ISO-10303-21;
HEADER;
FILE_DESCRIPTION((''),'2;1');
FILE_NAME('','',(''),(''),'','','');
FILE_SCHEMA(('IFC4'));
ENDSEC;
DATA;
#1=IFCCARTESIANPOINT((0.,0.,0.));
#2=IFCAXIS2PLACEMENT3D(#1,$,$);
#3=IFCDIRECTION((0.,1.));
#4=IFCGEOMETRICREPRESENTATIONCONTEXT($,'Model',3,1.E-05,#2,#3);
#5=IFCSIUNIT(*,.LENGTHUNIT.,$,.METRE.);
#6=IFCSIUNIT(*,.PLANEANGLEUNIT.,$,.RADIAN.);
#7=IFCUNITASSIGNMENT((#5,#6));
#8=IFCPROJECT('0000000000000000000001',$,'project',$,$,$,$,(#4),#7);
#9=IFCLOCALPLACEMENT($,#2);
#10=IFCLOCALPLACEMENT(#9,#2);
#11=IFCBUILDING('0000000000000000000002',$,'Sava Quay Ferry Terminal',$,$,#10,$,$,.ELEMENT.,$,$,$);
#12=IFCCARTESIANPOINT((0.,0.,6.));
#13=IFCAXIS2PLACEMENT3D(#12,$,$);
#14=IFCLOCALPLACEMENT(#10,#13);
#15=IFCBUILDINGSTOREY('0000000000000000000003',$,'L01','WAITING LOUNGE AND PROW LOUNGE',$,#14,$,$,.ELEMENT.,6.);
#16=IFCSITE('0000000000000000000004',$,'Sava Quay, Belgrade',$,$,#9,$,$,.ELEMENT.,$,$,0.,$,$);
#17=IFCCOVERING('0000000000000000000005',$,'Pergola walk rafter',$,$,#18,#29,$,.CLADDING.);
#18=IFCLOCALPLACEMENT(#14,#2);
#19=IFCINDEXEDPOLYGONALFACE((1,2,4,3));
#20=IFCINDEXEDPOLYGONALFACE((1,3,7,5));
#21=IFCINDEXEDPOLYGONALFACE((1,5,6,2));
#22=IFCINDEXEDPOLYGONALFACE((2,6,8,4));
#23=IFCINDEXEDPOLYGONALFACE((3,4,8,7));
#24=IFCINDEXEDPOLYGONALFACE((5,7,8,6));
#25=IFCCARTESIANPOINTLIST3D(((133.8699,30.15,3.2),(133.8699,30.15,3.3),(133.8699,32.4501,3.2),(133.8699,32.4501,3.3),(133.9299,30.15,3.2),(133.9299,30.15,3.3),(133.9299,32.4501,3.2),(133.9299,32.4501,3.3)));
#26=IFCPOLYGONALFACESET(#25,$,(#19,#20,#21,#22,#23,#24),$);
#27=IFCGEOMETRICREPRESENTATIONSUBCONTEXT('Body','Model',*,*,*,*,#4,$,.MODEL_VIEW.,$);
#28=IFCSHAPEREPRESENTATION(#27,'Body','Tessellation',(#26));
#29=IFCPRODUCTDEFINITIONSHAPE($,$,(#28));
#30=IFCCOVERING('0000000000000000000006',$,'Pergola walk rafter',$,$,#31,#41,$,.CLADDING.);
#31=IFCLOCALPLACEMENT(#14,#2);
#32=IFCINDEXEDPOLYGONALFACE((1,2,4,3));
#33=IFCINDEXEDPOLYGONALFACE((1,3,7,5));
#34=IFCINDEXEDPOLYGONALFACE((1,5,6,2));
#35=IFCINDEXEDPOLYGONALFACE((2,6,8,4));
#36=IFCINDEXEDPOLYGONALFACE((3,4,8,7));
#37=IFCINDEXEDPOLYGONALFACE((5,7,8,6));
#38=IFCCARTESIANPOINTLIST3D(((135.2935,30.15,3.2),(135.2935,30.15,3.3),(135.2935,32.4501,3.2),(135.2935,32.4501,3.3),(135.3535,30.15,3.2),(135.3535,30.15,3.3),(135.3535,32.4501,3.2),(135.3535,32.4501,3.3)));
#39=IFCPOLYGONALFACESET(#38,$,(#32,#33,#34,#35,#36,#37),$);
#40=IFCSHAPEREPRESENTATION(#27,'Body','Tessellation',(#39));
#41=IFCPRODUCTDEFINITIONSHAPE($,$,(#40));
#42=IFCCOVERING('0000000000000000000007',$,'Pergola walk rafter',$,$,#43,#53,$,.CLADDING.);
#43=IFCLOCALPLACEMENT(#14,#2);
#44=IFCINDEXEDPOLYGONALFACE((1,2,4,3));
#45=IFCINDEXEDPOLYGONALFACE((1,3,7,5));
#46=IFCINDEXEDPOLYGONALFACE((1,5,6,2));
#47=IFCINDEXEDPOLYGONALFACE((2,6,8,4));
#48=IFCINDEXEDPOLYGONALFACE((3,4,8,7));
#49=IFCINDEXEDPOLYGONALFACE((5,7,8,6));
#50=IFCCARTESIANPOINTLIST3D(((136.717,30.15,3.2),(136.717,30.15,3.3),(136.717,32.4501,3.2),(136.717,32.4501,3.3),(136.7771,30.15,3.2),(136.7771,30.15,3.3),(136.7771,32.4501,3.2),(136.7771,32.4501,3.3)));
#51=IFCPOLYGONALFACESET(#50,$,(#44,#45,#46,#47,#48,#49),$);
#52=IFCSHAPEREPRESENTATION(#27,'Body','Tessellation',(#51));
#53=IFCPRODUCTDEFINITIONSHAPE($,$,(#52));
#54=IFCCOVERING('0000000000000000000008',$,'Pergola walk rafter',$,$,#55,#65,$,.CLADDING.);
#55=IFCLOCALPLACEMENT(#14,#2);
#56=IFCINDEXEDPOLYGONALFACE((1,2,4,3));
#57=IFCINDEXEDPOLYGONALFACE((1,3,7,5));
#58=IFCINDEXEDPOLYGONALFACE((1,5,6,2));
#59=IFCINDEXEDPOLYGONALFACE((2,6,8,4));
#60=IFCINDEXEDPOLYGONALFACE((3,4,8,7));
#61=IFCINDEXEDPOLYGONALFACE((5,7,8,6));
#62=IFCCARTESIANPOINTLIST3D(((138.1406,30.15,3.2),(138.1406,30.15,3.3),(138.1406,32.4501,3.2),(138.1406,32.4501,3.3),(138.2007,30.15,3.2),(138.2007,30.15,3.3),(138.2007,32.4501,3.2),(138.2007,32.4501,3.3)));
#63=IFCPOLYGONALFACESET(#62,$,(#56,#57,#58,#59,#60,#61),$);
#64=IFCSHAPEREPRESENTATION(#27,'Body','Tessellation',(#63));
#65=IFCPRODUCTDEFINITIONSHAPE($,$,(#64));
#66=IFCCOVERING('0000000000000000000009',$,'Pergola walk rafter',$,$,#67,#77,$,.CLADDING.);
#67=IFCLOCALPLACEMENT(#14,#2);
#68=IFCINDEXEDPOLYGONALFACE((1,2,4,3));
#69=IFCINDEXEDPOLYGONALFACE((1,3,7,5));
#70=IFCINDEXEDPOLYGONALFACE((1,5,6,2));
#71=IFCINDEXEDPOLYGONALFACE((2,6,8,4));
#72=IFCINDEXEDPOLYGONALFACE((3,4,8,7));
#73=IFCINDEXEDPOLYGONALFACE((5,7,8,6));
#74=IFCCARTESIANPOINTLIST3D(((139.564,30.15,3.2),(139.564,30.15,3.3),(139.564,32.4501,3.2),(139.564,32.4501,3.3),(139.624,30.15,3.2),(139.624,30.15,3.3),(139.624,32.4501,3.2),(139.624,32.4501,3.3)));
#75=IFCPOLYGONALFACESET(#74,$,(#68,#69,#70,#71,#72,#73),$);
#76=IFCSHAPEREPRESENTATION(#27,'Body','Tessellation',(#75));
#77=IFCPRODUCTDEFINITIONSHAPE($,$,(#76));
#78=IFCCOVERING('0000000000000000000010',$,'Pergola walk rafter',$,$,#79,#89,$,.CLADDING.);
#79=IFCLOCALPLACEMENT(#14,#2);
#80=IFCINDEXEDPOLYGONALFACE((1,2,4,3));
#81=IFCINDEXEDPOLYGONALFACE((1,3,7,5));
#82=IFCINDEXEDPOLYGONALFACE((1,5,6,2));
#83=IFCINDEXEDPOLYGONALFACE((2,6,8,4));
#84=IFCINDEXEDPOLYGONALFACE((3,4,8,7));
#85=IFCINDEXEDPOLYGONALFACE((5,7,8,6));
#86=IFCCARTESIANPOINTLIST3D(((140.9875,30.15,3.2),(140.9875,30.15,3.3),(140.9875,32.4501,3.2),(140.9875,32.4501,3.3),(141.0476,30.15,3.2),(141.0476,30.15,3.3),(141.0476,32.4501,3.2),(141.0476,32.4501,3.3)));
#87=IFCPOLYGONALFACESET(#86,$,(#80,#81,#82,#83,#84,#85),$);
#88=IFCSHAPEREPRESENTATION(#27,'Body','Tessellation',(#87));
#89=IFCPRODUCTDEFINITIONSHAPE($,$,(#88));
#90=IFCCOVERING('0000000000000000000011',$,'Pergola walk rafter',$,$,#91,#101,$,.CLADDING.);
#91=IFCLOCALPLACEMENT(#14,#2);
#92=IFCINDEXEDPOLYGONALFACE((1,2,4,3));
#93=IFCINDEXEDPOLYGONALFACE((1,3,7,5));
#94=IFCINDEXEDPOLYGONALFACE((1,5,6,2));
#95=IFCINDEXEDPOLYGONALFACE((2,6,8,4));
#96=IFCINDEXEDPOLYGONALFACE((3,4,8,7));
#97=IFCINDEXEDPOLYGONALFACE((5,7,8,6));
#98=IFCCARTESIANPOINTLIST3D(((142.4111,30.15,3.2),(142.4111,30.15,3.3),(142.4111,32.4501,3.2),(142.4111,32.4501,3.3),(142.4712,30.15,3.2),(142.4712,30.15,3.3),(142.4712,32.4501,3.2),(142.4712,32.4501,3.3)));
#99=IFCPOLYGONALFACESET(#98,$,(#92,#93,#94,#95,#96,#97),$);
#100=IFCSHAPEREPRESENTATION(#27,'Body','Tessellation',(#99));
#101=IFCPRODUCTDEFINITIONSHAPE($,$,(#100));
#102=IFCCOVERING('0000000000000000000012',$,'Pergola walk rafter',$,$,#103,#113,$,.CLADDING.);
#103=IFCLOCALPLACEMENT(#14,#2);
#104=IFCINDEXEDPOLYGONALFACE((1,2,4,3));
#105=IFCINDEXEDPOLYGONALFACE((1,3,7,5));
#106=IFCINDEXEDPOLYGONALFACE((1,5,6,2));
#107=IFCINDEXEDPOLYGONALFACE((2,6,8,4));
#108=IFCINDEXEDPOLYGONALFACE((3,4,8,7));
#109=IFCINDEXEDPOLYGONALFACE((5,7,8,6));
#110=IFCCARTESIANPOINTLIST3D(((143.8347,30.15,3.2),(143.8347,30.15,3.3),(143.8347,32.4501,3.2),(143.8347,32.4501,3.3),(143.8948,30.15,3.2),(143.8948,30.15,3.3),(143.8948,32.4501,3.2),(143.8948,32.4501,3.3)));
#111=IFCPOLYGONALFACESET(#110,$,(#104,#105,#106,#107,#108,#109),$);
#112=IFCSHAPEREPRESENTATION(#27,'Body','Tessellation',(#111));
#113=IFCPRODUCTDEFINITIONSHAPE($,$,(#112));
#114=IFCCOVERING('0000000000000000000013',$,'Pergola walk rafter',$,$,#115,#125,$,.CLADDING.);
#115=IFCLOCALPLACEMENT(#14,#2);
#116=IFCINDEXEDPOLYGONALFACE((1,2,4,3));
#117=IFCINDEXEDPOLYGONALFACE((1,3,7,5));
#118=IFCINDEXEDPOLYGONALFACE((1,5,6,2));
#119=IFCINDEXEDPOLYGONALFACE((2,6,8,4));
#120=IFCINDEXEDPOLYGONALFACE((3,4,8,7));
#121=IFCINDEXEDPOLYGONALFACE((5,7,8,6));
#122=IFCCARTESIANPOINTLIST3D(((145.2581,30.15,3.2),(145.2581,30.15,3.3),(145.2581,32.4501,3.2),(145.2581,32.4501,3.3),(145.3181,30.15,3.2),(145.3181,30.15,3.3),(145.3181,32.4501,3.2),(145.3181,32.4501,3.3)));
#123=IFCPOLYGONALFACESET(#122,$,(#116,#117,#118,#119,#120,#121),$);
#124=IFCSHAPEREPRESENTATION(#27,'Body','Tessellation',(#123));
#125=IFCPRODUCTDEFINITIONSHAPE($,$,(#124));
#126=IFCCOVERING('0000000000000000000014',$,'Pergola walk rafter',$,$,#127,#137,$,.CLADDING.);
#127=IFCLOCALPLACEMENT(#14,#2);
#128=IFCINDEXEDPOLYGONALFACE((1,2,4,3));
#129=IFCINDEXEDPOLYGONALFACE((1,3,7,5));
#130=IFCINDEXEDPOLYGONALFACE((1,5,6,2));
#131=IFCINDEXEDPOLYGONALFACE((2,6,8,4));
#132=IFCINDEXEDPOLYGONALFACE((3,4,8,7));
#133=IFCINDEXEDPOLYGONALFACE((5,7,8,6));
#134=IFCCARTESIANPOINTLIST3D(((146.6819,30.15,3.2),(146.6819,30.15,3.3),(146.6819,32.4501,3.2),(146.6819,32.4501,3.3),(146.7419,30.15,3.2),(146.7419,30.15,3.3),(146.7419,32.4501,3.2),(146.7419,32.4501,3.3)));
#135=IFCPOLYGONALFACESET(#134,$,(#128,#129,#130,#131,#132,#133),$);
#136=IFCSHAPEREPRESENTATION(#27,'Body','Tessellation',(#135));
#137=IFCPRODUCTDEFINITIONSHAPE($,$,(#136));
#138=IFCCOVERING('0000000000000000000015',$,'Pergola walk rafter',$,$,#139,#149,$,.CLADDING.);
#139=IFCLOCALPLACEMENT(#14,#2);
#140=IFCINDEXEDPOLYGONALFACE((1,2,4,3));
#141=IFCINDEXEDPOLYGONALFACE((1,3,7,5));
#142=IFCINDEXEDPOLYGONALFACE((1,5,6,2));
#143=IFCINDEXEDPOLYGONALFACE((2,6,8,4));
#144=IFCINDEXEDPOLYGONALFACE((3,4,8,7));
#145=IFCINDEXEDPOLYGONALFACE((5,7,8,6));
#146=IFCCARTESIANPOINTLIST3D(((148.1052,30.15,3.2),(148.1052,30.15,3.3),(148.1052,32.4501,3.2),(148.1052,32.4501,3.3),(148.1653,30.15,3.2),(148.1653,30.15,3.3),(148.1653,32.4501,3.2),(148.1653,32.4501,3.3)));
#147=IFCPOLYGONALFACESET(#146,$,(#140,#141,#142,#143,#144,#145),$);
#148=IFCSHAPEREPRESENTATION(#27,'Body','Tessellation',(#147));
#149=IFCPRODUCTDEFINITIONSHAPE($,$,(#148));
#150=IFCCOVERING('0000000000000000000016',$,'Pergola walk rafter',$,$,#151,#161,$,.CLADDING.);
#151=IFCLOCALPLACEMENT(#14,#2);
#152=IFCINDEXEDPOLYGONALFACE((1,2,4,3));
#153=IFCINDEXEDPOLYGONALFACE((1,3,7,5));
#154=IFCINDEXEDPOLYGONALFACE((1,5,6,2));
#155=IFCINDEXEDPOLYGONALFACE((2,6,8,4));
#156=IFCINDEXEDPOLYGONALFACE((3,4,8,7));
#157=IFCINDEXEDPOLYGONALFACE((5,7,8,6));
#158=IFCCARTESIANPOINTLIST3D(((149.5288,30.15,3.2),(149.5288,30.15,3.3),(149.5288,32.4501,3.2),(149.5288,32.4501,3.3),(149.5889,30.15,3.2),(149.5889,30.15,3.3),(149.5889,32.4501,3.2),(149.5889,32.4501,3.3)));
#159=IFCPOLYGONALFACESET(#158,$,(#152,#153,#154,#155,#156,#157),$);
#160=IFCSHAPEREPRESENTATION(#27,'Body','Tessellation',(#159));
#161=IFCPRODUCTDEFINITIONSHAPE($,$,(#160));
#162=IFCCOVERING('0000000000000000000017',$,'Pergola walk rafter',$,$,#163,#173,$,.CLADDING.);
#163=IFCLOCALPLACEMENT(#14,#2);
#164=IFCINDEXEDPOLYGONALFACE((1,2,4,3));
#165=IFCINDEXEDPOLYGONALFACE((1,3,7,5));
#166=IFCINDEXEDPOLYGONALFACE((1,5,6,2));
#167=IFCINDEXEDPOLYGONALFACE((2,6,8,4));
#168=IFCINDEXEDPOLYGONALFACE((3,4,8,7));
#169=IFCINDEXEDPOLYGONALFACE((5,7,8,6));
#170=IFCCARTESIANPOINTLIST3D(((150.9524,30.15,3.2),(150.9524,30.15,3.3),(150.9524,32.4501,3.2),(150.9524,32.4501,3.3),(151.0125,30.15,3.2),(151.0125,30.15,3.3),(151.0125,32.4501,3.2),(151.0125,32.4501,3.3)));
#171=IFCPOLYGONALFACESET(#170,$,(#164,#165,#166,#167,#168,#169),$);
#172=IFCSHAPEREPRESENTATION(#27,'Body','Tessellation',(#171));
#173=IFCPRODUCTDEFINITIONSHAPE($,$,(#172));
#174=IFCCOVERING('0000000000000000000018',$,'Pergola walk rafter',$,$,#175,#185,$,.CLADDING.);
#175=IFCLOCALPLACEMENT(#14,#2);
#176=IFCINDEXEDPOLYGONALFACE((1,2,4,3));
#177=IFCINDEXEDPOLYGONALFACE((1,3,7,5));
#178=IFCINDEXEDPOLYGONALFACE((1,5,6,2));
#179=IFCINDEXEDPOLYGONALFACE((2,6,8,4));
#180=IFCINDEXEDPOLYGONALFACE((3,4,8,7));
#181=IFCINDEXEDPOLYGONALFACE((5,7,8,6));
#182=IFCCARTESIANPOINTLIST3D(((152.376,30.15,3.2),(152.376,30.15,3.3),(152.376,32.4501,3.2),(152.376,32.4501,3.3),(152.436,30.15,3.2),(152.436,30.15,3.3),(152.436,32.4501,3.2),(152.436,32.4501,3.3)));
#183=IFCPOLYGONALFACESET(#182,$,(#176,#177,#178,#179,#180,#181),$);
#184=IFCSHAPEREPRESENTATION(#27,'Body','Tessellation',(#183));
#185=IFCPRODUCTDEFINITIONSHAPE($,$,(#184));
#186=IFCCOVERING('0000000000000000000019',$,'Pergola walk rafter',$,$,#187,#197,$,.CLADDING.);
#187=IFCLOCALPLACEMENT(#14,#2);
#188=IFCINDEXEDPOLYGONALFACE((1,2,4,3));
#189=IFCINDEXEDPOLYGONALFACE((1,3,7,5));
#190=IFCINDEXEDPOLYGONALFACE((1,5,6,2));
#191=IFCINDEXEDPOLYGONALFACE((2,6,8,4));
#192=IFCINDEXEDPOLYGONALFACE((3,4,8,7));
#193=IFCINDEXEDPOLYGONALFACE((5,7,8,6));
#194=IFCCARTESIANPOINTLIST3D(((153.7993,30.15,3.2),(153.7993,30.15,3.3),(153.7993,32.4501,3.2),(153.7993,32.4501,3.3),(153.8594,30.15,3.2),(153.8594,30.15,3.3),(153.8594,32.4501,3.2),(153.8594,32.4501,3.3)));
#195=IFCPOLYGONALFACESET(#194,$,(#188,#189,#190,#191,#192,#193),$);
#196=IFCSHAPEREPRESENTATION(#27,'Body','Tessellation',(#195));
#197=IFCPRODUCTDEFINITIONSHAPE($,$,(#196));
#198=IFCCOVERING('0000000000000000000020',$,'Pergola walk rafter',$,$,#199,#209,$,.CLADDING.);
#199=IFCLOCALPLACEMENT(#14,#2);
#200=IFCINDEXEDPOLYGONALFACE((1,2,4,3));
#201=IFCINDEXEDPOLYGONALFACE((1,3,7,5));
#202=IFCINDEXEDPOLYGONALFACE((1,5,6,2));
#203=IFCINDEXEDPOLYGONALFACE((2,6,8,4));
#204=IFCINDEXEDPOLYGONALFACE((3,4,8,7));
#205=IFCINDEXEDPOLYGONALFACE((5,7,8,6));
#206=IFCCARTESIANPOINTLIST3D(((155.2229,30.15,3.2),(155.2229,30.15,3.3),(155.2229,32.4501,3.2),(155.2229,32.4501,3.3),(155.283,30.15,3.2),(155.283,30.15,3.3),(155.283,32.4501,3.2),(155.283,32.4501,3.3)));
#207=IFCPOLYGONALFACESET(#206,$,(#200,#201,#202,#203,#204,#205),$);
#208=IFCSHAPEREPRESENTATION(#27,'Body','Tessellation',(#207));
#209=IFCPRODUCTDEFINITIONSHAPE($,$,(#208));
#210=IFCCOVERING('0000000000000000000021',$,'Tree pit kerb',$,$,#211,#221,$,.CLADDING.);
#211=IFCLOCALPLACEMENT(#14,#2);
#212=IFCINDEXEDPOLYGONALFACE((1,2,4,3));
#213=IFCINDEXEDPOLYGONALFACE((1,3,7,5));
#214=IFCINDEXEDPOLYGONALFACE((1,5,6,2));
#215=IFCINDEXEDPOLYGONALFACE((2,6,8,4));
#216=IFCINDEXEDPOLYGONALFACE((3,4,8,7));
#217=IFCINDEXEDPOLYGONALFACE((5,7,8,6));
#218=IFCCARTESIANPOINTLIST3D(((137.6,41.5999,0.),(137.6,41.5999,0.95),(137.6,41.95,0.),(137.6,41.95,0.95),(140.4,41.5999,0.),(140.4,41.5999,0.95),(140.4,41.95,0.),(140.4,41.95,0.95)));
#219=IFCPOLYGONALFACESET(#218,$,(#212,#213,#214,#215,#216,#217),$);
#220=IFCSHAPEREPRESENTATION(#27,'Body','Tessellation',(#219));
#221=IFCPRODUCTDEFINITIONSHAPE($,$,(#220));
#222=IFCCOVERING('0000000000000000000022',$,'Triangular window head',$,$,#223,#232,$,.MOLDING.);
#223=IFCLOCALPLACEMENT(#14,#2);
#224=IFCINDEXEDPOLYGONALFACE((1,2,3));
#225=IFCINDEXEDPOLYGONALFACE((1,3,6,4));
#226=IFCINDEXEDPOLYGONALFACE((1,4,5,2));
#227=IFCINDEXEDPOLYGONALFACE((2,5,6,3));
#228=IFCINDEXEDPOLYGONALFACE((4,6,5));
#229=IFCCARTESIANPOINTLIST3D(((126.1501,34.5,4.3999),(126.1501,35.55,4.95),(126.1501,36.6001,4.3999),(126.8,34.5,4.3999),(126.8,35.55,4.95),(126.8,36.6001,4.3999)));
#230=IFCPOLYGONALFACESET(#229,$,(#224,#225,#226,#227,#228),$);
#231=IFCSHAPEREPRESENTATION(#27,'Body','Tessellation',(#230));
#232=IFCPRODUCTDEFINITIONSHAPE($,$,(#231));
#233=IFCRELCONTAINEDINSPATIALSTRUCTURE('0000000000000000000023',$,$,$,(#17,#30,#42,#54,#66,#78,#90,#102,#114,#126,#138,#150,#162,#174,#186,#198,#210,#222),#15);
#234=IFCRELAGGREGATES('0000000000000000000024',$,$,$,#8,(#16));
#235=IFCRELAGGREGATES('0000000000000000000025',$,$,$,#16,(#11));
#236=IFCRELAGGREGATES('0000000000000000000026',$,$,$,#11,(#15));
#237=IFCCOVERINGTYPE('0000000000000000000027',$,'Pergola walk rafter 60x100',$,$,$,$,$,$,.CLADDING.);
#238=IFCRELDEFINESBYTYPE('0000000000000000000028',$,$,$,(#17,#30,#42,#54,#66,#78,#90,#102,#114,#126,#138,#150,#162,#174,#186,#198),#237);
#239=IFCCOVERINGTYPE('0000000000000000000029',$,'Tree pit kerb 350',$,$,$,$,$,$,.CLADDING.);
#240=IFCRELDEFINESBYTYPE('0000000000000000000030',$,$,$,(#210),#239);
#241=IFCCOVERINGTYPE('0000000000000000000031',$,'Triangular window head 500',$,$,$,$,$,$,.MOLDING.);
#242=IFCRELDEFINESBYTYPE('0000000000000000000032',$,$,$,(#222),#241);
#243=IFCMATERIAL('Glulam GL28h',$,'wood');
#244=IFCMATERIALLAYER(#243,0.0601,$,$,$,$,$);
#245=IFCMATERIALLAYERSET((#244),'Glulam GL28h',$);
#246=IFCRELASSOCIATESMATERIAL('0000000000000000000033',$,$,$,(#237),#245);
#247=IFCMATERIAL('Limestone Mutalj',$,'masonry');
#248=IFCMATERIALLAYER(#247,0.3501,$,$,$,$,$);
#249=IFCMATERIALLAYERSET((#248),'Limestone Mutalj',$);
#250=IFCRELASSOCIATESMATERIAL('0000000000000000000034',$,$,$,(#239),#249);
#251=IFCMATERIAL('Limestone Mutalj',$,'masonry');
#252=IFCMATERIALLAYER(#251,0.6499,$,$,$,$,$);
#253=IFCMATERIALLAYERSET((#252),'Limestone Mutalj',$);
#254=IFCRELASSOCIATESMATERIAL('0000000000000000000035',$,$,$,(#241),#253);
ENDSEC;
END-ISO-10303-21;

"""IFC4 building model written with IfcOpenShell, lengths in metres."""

from ifc_helpers import new_model, si_unit, direction, frame, origin, origin_2d, place, context, subcontext, project, spatial, polyline, rectangle, outline, extrude, material, layer, layer_set, type_object, element, save


model = new_model("IFC4")

# Units and contexts
model_context = context("Model", 3, precision=1e-05, world=origin(), true_north=direction((0.0, 1.0)))
body_context = subcontext(model_context, "Body", "Model", "MODEL_VIEW")
ifc_project = project(units=[si_unit("LENGTHUNIT", "METRE"), si_unit("PLANEANGLEUNIT", "RADIAN")], contexts=[model_context])

# Site, building, storey
site_placement = place(None, origin())
site = spatial("IfcSite", under=ifc_project, at=site_placement, Name="Sava Quay, Belgrade", CompositionType="ELEMENT", RefElevation=0.0)
building_placement = place(site_placement, origin())
building = spatial("IfcBuilding", under=site, at=building_placement, Name="Sava Quay Ferry Terminal", CompositionType="ELEMENT")
storey_placement = place(building_placement, frame((0.0, 0.0, 6.0)))
storey = spatial("IfcBuildingStorey", under=building, at=storey_placement, Name="L01", Description="WAITING LOUNGE AND PROW LOUNGE", CompositionType="ELEMENT", Elevation=6.0)

# Coverings
ifc_material_1 = material(Name="Glulam GL28h", Category="wood")
ifc_layer_1 = layer(ifc_material_1, 0.0601)
ifc_layer_set_1 = layer_set([ifc_layer_1], Name="Glulam GL28h")
covering_type_1 = type_object("IfcCoveringType", Name="Pergola walk rafter 60x100", PredefinedType="CLADDING", material=ifc_layer_set_1)
for number, where, z_axis, x_axis, name in (
    (1, (133.8999, 31.3, 3.2), (0.0, 0.0, 1.0), (1.0, 0.0, 0.0), "Pergola walk rafter"),
    (2, (135.3235, 31.3, 3.2), (0.0, 0.0, 1.0), (1.0, 0.0, 0.0), "Pergola walk rafter"),
    (3, (136.7471, 31.3, 3.2), (0.0, 0.0, 1.0), (1.0, 0.0, 0.0), "Pergola walk rafter"),
    (4, (138.1707, 31.3, 3.2), (0.0, 0.0, 1.0), (1.0, 0.0, 0.0), "Pergola walk rafter"),
    (5, (139.594, 31.3, 3.2), (0.0, 0.0, 1.0), (1.0, 0.0, 0.0), "Pergola walk rafter"),
    (6, (141.0176, 31.3, 3.2), (0.0, 0.0, 1.0), (1.0, 0.0, 0.0), "Pergola walk rafter"),
    (7, (142.4412, 31.3, 3.2), (0.0, 0.0, 1.0), (1.0, 0.0, 0.0), "Pergola walk rafter"),
    (8, (143.8647, 31.3, 3.2), (0.0, 0.0, 1.0), (1.0, 0.0, 0.0), "Pergola walk rafter"),
    (9, (145.2881, 31.3, 3.2), (0.0, 0.0, 1.0), (1.0, 0.0, 0.0), "Pergola walk rafter"),
    (10, (146.7119, 31.3, 3.2), (0.0, 0.0, 1.0), (1.0, 0.0, 0.0), "Pergola walk rafter"),
    (11, (148.1353, 31.3, 3.2), (0.0, 0.0, 1.0), (1.0, 0.0, 0.0), "Pergola walk rafter"),
    (12, (149.5588, 31.3, 3.2), (0.0, 0.0, 1.0), (1.0, 0.0, 0.0), "Pergola walk rafter"),
    (13, (150.9824, 31.3, 3.2), (0.0, 0.0, 1.0), (1.0, 0.0, 0.0), "Pergola walk rafter"),
    (14, (152.406, 31.3, 3.2), (0.0, 0.0, 1.0), (1.0, 0.0, 0.0), "Pergola walk rafter"),
    (15, (153.8293, 31.3, 3.2), (0.0, 0.0, 1.0), (1.0, 0.0, 0.0), "Pergola walk rafter"),
    (16, (155.2529, 31.3, 3.2), (0.0, 0.0, 1.0), (1.0, 0.0, 0.0), "Pergola walk rafter"),
):
    element("IfcCovering", number, at=place(storey_placement, frame(where, z_axis=z_axis, x_axis=x_axis)), inside=storey, type_object=covering_type_1, Name=name, PredefinedType="CLADDING", context=body_context, shape_type="SweptSolid", body=[
        extrude(rectangle(XDim=0.0601, YDim=2.3, at=origin_2d()), origin(), (0.0, 0.0, 1.0), 0.1001),
    ])
ifc_material_2 = material(Name="Limestone Mutalj", Category="masonry")
ifc_layer_2 = layer(ifc_material_2, 0.3501)
ifc_layer_set_2 = layer_set([ifc_layer_2], Name="Limestone Mutalj")
covering_type_2 = type_object("IfcCoveringType", Name="Tree pit kerb 350", PredefinedType="CLADDING", material=ifc_layer_set_2)
covering_1_placement = place(storey_placement, frame((139.0, 41.7749, 0.0), z_axis=(0.0, 0.0, 1.0), x_axis=(1.0, 0.0, 0.0)))
element("IfcCovering", 17, at=covering_1_placement, inside=storey, type_object=covering_type_2, Name="Tree pit kerb", PredefinedType="CLADDING", context=body_context, shape_type="SweptSolid", body=[
    extrude(rectangle(XDim=2.8, YDim=0.3501, at=origin_2d()), origin(), (0.0, 0.0, 1.0), 0.95),
])
ifc_material_3 = material(Name="Limestone Mutalj", Category="masonry")
ifc_layer_3 = layer(ifc_material_3, 0.6499)
ifc_layer_set_3 = layer_set([ifc_layer_3], Name="Limestone Mutalj")
covering_type_3 = type_object("IfcCoveringType", Name="Triangular window head 500", PredefinedType="MOLDING", material=ifc_layer_set_3)
covering_2_placement = place(storey_placement, frame((126.8, 34.5, 4.3999), z_axis=(1.0, 0.0, 0.0), x_axis=(0.0, 1.0, 0.0)))
element("IfcCovering", 18, at=covering_2_placement, inside=storey, type_object=covering_type_3, Name="Triangular window head", PredefinedType="MOLDING", context=body_context, shape_type="SweptSolid", body=[
    extrude(outline(polyline([(0.0, 0.0), (2.1001, 0.0), (1.05, 0.55), (0.0, 0.0)])), origin(), (0.0, 0.0, -1.0), 0.6499),
])

save(model, "model.ifc")
